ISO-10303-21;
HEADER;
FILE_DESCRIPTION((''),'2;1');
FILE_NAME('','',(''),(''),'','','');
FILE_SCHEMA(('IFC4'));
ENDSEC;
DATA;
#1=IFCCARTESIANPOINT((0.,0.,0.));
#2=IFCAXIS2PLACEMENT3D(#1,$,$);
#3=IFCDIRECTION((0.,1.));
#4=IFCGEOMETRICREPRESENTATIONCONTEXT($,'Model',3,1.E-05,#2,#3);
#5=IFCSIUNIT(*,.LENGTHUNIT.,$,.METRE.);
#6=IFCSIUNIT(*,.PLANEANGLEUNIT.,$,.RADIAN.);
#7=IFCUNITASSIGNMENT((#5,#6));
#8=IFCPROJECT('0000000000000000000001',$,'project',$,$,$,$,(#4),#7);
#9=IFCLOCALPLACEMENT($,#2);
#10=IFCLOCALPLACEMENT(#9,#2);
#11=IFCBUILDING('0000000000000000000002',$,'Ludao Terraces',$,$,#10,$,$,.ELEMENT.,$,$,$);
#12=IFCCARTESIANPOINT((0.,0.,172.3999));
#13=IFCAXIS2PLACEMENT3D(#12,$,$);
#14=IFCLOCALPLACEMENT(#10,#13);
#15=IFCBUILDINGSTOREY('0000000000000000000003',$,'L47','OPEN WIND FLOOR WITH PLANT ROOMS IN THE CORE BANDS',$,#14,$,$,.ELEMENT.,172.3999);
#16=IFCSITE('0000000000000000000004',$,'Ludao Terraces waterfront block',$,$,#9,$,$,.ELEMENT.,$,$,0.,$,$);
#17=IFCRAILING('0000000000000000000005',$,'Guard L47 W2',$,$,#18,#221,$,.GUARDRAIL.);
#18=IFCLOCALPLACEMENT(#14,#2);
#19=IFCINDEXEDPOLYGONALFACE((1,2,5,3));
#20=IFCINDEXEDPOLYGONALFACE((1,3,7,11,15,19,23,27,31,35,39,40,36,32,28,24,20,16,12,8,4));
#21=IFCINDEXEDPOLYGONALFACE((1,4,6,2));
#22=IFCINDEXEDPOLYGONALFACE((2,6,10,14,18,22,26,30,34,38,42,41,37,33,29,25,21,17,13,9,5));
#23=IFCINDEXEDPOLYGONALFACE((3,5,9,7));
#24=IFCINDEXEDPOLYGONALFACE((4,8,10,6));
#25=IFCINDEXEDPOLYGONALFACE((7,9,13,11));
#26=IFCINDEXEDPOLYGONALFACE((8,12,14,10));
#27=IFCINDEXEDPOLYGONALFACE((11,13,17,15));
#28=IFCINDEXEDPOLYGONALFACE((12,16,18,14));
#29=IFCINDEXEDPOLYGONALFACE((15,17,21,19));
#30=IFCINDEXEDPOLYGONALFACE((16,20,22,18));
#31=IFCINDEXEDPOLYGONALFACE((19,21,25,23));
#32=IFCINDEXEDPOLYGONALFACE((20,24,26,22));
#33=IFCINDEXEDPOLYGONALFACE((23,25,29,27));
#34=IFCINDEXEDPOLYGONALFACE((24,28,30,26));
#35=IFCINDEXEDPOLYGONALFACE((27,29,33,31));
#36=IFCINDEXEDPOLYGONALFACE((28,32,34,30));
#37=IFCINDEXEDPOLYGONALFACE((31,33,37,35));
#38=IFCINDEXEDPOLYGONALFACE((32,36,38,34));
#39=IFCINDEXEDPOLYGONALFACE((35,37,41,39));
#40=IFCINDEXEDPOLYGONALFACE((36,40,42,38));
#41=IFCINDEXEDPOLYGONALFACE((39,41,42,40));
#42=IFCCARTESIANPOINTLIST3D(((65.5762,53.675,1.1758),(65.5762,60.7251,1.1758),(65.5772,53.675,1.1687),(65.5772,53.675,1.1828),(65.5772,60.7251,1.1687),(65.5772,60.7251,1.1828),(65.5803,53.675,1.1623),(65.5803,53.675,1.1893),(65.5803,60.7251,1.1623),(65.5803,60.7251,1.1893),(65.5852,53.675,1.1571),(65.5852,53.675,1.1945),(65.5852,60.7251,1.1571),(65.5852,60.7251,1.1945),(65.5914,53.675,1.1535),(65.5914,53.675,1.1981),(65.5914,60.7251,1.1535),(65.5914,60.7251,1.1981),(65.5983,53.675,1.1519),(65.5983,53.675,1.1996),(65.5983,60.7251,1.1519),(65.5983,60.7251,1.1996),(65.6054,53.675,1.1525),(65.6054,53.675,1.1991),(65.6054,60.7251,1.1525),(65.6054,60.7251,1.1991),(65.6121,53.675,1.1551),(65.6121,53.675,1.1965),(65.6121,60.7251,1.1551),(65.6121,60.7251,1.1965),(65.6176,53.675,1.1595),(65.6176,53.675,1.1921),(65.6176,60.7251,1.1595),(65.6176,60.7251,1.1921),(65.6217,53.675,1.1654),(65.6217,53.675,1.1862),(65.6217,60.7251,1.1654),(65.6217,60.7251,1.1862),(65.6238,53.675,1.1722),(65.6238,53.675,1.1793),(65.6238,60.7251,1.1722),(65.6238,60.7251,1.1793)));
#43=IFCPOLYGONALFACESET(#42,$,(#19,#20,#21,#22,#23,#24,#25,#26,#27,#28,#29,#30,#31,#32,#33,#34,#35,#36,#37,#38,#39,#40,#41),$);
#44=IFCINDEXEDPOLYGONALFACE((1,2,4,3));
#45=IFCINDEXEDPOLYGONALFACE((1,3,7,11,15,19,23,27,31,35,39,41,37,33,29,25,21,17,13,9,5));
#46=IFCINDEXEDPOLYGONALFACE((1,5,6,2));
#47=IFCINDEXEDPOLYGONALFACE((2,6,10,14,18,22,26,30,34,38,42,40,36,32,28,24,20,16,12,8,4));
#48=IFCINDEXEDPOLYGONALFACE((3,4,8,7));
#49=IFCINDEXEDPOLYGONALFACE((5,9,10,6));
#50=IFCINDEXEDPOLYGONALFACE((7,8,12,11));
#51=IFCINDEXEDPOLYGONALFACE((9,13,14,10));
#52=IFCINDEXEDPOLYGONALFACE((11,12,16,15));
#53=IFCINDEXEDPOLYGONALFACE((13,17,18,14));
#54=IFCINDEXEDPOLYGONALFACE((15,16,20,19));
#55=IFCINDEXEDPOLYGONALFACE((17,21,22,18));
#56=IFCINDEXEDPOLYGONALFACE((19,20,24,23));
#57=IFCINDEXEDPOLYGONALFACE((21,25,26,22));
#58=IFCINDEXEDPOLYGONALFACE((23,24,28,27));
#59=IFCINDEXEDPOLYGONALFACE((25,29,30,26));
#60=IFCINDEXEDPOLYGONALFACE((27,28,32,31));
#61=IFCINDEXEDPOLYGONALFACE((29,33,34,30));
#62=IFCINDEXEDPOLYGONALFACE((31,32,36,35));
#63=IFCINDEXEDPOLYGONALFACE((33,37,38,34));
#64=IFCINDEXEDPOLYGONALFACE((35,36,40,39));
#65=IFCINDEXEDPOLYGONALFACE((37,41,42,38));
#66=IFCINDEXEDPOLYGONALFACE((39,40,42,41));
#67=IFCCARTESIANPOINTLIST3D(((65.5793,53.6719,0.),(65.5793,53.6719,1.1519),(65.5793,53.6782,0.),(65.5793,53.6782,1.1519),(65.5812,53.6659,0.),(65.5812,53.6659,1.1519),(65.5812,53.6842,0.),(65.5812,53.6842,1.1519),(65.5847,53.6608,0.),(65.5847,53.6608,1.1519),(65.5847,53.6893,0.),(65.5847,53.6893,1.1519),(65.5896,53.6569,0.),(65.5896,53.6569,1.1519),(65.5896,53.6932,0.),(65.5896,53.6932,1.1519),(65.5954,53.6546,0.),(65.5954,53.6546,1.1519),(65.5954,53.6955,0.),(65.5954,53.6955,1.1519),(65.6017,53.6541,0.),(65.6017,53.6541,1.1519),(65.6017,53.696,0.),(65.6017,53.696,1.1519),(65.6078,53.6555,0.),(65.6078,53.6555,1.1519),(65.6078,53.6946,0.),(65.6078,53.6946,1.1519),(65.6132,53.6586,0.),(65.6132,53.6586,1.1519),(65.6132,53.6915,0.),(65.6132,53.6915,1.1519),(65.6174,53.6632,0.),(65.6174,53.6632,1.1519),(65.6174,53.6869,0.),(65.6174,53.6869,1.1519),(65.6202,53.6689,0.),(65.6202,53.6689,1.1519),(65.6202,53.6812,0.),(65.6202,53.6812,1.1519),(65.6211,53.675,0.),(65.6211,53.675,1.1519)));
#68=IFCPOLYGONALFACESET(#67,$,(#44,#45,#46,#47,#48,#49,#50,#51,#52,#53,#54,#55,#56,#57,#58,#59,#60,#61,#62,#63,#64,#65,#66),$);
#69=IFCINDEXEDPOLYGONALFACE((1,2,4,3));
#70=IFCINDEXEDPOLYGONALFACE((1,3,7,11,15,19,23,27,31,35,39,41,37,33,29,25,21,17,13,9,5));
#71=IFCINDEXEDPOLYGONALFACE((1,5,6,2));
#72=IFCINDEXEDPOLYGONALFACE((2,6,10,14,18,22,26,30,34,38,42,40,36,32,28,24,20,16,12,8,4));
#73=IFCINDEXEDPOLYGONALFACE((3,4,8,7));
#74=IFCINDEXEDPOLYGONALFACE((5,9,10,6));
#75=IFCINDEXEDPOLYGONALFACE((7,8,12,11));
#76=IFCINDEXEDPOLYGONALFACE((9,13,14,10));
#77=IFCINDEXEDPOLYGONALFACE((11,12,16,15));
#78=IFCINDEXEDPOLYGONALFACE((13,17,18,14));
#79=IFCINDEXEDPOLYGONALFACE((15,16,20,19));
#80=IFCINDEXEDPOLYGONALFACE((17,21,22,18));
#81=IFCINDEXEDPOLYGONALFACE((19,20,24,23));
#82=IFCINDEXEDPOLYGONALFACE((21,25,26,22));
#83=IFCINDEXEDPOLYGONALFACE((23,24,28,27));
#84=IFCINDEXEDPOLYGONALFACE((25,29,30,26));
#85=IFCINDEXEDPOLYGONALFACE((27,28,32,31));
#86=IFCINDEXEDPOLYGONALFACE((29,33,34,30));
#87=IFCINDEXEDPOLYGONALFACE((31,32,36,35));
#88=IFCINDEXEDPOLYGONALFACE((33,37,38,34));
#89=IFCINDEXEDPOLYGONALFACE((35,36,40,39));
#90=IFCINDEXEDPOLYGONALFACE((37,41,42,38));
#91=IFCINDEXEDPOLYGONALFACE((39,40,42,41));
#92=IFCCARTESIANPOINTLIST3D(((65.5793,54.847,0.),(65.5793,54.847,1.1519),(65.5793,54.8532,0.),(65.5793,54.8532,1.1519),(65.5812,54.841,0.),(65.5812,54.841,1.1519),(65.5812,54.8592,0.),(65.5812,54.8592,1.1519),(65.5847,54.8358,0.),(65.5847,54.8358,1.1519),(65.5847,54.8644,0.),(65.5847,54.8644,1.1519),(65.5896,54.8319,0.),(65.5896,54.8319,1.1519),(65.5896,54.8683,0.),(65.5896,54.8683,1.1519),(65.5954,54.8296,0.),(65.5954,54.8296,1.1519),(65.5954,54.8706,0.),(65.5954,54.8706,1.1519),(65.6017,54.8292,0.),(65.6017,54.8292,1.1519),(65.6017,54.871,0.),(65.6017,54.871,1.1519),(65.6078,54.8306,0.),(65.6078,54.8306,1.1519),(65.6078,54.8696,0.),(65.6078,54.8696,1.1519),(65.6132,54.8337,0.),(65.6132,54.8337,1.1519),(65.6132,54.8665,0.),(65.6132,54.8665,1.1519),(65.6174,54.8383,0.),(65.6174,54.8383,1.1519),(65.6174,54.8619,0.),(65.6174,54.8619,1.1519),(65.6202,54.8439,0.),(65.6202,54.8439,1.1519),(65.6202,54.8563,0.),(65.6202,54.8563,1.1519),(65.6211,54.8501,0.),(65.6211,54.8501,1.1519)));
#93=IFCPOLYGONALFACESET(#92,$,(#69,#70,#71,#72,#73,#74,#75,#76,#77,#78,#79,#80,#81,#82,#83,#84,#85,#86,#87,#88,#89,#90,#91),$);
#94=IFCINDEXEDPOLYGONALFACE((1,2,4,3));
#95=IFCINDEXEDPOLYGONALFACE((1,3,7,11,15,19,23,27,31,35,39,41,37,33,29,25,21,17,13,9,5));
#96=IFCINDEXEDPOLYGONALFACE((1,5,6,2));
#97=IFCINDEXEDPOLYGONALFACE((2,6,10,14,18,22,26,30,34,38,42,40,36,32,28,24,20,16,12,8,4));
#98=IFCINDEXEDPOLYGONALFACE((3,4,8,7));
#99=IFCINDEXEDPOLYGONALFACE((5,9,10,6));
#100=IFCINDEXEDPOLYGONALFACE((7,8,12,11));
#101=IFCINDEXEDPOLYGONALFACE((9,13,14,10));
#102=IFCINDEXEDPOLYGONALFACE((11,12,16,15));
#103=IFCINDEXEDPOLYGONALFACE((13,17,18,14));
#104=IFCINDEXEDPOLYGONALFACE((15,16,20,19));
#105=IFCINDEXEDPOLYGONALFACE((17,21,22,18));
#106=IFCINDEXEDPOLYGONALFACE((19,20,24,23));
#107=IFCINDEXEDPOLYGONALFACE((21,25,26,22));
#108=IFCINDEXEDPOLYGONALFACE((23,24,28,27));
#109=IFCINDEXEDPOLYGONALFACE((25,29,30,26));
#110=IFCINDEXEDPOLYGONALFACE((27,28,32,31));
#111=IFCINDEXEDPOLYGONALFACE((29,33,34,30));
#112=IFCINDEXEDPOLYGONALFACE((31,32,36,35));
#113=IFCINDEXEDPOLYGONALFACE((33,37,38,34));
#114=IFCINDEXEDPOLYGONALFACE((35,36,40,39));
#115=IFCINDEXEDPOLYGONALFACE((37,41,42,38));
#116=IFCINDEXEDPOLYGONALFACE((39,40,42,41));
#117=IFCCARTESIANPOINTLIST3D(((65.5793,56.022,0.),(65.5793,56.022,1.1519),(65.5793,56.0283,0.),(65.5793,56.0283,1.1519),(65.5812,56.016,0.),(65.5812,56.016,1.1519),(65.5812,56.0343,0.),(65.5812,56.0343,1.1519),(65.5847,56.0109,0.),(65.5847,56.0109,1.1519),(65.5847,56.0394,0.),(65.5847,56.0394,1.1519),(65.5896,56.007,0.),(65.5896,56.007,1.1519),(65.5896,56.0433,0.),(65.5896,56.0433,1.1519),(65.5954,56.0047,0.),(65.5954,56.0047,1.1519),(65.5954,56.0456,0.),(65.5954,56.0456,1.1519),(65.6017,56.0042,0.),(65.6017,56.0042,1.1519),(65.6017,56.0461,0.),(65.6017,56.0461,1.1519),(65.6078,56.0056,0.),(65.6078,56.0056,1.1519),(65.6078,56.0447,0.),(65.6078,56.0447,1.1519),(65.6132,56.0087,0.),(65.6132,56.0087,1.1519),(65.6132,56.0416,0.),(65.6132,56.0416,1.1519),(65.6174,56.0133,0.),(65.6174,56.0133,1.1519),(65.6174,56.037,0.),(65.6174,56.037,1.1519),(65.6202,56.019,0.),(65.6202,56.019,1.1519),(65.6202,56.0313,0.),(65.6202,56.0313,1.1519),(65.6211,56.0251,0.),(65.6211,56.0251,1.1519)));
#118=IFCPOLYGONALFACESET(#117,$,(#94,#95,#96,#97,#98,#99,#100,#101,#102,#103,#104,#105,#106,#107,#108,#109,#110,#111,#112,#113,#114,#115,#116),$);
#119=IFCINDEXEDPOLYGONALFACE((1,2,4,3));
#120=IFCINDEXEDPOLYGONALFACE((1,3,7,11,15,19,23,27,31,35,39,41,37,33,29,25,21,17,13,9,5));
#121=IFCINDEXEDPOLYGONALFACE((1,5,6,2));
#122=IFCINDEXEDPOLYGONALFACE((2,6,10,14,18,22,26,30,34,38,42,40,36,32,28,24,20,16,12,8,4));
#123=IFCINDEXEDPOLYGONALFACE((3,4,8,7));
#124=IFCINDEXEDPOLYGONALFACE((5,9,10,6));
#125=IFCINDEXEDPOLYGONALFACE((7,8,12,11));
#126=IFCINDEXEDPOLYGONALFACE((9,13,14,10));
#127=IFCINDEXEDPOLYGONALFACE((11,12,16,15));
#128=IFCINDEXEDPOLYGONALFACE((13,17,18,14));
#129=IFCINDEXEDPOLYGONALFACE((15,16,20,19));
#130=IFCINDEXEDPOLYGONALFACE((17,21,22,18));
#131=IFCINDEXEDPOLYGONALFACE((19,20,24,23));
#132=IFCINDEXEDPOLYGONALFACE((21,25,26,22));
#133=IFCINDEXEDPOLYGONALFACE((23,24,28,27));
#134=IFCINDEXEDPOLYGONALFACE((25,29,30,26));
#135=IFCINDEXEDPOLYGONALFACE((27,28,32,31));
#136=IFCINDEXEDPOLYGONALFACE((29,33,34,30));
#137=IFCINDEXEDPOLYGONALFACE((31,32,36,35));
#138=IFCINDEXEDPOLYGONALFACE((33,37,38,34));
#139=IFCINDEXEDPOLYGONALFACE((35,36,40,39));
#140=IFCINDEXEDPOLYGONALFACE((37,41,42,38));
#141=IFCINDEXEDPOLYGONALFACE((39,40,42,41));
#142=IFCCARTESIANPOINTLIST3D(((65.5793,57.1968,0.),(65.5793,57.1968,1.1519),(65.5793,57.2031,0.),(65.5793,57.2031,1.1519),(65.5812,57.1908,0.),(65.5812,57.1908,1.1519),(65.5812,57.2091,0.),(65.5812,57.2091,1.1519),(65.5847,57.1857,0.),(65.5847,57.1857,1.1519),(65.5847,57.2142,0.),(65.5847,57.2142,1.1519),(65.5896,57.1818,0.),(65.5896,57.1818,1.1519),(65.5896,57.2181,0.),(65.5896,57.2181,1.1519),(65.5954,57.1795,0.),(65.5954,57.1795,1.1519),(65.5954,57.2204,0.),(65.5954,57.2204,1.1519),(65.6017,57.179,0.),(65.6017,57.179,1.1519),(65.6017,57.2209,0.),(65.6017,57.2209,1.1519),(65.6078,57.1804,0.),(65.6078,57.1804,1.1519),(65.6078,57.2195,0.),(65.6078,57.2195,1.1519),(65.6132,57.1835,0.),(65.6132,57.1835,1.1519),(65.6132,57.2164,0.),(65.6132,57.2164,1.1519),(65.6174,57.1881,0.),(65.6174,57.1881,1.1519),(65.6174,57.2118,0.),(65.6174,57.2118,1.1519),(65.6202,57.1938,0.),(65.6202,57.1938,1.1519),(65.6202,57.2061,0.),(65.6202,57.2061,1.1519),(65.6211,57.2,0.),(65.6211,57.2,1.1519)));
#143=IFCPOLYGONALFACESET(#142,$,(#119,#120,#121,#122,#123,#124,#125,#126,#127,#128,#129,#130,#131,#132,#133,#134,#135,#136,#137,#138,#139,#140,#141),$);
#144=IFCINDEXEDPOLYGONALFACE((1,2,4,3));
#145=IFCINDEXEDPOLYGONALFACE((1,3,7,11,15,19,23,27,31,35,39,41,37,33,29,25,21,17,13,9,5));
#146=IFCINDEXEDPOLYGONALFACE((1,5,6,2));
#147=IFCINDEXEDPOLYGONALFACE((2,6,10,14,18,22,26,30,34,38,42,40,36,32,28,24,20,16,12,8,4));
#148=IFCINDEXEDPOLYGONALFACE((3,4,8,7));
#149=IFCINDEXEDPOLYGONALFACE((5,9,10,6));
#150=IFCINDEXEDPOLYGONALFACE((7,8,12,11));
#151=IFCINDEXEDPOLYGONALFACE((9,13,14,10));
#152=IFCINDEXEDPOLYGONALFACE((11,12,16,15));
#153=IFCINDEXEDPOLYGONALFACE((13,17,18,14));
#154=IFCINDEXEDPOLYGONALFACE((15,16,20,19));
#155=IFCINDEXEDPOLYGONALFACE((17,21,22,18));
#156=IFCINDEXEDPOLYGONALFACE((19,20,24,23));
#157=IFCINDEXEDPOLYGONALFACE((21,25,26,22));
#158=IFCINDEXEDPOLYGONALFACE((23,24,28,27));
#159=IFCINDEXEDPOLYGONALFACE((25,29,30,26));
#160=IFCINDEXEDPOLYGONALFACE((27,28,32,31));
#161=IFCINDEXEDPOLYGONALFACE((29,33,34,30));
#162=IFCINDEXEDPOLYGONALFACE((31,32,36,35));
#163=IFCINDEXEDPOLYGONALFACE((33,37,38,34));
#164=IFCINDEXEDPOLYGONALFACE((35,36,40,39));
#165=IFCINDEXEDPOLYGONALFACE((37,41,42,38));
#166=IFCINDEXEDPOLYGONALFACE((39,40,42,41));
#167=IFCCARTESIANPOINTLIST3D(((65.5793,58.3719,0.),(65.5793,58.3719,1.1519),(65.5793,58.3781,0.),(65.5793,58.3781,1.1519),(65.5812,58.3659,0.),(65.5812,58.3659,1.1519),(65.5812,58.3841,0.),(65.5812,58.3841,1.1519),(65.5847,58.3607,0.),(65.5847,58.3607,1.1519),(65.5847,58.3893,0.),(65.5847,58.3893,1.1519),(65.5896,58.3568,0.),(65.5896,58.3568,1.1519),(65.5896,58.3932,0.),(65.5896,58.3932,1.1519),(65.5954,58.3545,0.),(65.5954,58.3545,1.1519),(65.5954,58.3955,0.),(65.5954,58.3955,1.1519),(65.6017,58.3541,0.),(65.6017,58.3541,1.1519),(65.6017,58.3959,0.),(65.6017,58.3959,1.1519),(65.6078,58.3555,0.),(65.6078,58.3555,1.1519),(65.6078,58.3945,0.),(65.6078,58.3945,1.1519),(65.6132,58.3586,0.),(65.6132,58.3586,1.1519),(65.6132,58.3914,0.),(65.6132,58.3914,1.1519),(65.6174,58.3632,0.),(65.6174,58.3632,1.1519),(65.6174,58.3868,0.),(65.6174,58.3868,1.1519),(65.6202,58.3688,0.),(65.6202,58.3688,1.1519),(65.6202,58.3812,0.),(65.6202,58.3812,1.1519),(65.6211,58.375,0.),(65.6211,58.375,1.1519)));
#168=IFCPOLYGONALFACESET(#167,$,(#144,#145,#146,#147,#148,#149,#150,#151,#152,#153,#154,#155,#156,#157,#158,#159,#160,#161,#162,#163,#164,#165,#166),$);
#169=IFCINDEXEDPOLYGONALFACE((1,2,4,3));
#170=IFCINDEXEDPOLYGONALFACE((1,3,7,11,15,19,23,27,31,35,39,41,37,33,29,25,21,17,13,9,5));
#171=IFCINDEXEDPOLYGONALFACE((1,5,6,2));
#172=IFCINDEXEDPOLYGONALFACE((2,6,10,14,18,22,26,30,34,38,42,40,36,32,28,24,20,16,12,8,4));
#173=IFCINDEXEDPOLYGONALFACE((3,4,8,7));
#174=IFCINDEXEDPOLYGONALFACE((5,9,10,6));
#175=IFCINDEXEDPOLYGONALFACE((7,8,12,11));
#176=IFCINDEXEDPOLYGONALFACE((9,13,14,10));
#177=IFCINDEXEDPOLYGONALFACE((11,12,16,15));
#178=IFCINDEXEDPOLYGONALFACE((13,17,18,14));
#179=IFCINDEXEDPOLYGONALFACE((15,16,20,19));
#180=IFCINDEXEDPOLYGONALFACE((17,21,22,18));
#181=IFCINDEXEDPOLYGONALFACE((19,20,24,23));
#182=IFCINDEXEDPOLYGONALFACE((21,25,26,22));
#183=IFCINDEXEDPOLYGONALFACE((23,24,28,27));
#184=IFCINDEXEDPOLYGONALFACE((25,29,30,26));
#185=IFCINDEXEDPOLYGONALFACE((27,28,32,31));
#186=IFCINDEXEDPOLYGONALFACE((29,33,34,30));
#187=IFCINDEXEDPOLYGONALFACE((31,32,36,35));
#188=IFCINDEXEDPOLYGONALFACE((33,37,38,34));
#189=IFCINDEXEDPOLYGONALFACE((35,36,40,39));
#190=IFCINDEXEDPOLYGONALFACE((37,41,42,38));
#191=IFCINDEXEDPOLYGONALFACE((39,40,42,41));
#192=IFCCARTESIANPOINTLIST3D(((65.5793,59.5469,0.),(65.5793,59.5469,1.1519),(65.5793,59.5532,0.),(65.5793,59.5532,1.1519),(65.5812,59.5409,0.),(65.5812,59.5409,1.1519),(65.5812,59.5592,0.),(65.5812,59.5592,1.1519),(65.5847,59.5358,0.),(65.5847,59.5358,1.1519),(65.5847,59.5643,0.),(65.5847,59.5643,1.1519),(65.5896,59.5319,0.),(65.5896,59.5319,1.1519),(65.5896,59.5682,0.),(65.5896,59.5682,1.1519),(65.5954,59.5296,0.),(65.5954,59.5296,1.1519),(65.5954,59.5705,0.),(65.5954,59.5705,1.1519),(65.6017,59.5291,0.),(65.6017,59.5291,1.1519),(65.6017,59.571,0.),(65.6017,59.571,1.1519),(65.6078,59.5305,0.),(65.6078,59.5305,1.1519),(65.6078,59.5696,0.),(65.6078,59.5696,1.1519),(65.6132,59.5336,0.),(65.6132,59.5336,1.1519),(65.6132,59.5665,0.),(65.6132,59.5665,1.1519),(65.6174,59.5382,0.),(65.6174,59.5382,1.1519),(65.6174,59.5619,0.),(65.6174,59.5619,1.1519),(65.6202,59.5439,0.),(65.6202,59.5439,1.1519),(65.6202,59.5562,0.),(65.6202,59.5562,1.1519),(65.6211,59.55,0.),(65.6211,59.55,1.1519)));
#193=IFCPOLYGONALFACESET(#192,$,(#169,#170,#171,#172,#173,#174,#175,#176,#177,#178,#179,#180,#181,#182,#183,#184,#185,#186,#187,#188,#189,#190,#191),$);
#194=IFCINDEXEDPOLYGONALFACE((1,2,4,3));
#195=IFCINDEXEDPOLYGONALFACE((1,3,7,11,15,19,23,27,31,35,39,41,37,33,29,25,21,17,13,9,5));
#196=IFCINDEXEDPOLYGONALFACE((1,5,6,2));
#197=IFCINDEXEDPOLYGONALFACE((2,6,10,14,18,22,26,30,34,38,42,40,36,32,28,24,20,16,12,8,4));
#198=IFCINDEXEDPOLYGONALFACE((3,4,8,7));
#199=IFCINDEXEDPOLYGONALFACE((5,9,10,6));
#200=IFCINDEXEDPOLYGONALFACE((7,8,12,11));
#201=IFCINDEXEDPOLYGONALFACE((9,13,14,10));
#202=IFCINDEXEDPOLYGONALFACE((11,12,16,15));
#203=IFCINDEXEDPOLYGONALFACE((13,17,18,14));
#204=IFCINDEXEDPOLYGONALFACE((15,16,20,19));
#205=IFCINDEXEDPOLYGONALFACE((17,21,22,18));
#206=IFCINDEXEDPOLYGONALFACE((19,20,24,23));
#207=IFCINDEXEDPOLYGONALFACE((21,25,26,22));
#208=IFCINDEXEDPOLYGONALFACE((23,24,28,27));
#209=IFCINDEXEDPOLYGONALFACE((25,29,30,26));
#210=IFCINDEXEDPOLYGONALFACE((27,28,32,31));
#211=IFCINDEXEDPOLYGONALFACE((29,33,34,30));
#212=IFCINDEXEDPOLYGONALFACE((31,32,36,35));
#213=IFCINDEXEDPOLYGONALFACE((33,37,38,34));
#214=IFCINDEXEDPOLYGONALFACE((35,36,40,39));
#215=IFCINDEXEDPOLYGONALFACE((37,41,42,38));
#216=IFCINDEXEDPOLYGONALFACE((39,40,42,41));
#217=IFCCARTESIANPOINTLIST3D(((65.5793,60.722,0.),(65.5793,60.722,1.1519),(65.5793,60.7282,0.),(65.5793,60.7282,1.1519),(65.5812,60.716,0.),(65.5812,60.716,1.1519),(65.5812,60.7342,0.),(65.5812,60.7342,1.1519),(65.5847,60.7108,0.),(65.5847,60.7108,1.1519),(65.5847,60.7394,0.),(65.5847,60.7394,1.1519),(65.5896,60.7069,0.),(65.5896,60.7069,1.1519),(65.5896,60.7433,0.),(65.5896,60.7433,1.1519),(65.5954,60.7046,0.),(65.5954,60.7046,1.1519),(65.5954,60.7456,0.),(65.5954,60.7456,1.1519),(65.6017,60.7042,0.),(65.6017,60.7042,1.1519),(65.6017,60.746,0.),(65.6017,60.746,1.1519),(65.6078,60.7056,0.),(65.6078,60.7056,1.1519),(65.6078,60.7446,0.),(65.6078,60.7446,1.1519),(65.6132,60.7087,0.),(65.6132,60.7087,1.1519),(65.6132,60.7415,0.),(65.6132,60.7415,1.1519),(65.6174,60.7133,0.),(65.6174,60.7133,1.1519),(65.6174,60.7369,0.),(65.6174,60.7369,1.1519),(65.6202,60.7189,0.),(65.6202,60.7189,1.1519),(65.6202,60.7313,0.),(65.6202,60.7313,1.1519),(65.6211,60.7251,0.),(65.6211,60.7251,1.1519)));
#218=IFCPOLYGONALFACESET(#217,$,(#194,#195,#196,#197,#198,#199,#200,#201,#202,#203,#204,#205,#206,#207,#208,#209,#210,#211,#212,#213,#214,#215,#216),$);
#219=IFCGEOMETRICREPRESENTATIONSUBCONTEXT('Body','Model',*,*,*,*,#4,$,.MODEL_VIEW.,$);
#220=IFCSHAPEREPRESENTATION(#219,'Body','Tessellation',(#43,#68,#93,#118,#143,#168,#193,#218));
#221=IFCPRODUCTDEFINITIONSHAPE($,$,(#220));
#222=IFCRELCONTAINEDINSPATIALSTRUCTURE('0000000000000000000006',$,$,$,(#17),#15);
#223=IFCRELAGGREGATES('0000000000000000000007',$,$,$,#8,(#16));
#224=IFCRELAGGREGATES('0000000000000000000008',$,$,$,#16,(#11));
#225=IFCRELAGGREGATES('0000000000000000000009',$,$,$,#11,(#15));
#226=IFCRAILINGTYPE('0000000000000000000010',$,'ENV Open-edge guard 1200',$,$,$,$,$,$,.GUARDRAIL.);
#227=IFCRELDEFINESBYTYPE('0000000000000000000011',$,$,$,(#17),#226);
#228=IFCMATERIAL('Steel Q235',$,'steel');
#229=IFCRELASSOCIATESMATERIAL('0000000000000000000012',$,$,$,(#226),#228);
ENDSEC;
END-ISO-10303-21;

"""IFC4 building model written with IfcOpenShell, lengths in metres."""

from ifc_helpers import new_model, si_unit, direction, frame, origin, origin_2d, place, context, subcontext, project, spatial, circle, extrude, material, type_object, element, save


model = new_model("IFC4")

# Units and contexts
model_context = context("Model", 3, precision=1e-05, world=origin(), true_north=direction((0.0, 1.0)))
body_context = subcontext(model_context, "Body", "Model", "MODEL_VIEW")
ifc_project = project(units=[si_unit("LENGTHUNIT", "METRE"), si_unit("PLANEANGLEUNIT", "RADIAN")], contexts=[model_context])

# Site, building, storey
site_placement = place(None, origin())
site = spatial("IfcSite", under=ifc_project, at=site_placement, Name="Ludao Terraces waterfront block", CompositionType="ELEMENT", RefElevation=0.0)
building_placement = place(site_placement, origin())
building = spatial("IfcBuilding", under=site, at=building_placement, Name="Ludao Terraces", CompositionType="ELEMENT")
storey_placement = place(building_placement, frame((0.0, 0.0, 172.3999)))
storey = spatial("IfcBuildingStorey", under=building, at=storey_placement, Name="L47", Description="OPEN WIND FLOOR WITH PLANT ROOMS IN THE CORE BANDS", CompositionType="ELEMENT", Elevation=172.3999)

# Railing
ifc_material_1 = material(Name="Steel Q235", Category="steel")
railing_type = type_object("IfcRailingType", Name="ENV Open-edge guard 1200", PredefinedType="GUARDRAIL", material=ifc_material_1)
railing_1_placement = place(storey_placement, frame((65.6001, 53.675, 0.0)))
element("IfcRailing", 1, at=railing_1_placement, inside=storey, type_object=railing_type, Name="Guard L47 W2", PredefinedType="GUARDRAIL", context=body_context, shape_type="SweptSolid", body=[
    extrude(circle(Radius=0.0239, at=origin_2d()), frame((0.0, 0.0, 1.1758), z_axis=(0.0, 1.0, 0.0), x_axis=(-1.0, 0.0, 0.0)), (0.0, 0.0, 1.0), 7.05),
    extrude(circle(Radius=0.021, at=origin_2d()), origin(), (0.0, 0.0, 1.0), 1.1519),
    extrude(circle(Radius=0.021, at=origin_2d()), frame((0.0, 1.175, 0.0)), (0.0, 0.0, 1.0), 1.1519),
    extrude(circle(Radius=0.021, at=origin_2d()), frame((0.0, 2.3501, 0.0)), (0.0, 0.0, 1.0), 1.1519),
    extrude(circle(Radius=0.021, at=origin_2d()), frame((0.0, 3.5249, 0.0)), (0.0, 0.0, 1.0), 1.1519),
    extrude(circle(Radius=0.021, at=origin_2d()), frame((0.0, 4.7, 0.0)), (0.0, 0.0, 1.0), 1.1519),
    extrude(circle(Radius=0.021, at=origin_2d()), frame((0.0, 5.875, 0.0)), (0.0, 0.0, 1.0), 1.1519),
    extrude(circle(Radius=0.021, at=origin_2d()), frame((0.0, 7.05, 0.0)), (0.0, 0.0, 1.0), 1.1519),
])

save(model, "model.ifc")
